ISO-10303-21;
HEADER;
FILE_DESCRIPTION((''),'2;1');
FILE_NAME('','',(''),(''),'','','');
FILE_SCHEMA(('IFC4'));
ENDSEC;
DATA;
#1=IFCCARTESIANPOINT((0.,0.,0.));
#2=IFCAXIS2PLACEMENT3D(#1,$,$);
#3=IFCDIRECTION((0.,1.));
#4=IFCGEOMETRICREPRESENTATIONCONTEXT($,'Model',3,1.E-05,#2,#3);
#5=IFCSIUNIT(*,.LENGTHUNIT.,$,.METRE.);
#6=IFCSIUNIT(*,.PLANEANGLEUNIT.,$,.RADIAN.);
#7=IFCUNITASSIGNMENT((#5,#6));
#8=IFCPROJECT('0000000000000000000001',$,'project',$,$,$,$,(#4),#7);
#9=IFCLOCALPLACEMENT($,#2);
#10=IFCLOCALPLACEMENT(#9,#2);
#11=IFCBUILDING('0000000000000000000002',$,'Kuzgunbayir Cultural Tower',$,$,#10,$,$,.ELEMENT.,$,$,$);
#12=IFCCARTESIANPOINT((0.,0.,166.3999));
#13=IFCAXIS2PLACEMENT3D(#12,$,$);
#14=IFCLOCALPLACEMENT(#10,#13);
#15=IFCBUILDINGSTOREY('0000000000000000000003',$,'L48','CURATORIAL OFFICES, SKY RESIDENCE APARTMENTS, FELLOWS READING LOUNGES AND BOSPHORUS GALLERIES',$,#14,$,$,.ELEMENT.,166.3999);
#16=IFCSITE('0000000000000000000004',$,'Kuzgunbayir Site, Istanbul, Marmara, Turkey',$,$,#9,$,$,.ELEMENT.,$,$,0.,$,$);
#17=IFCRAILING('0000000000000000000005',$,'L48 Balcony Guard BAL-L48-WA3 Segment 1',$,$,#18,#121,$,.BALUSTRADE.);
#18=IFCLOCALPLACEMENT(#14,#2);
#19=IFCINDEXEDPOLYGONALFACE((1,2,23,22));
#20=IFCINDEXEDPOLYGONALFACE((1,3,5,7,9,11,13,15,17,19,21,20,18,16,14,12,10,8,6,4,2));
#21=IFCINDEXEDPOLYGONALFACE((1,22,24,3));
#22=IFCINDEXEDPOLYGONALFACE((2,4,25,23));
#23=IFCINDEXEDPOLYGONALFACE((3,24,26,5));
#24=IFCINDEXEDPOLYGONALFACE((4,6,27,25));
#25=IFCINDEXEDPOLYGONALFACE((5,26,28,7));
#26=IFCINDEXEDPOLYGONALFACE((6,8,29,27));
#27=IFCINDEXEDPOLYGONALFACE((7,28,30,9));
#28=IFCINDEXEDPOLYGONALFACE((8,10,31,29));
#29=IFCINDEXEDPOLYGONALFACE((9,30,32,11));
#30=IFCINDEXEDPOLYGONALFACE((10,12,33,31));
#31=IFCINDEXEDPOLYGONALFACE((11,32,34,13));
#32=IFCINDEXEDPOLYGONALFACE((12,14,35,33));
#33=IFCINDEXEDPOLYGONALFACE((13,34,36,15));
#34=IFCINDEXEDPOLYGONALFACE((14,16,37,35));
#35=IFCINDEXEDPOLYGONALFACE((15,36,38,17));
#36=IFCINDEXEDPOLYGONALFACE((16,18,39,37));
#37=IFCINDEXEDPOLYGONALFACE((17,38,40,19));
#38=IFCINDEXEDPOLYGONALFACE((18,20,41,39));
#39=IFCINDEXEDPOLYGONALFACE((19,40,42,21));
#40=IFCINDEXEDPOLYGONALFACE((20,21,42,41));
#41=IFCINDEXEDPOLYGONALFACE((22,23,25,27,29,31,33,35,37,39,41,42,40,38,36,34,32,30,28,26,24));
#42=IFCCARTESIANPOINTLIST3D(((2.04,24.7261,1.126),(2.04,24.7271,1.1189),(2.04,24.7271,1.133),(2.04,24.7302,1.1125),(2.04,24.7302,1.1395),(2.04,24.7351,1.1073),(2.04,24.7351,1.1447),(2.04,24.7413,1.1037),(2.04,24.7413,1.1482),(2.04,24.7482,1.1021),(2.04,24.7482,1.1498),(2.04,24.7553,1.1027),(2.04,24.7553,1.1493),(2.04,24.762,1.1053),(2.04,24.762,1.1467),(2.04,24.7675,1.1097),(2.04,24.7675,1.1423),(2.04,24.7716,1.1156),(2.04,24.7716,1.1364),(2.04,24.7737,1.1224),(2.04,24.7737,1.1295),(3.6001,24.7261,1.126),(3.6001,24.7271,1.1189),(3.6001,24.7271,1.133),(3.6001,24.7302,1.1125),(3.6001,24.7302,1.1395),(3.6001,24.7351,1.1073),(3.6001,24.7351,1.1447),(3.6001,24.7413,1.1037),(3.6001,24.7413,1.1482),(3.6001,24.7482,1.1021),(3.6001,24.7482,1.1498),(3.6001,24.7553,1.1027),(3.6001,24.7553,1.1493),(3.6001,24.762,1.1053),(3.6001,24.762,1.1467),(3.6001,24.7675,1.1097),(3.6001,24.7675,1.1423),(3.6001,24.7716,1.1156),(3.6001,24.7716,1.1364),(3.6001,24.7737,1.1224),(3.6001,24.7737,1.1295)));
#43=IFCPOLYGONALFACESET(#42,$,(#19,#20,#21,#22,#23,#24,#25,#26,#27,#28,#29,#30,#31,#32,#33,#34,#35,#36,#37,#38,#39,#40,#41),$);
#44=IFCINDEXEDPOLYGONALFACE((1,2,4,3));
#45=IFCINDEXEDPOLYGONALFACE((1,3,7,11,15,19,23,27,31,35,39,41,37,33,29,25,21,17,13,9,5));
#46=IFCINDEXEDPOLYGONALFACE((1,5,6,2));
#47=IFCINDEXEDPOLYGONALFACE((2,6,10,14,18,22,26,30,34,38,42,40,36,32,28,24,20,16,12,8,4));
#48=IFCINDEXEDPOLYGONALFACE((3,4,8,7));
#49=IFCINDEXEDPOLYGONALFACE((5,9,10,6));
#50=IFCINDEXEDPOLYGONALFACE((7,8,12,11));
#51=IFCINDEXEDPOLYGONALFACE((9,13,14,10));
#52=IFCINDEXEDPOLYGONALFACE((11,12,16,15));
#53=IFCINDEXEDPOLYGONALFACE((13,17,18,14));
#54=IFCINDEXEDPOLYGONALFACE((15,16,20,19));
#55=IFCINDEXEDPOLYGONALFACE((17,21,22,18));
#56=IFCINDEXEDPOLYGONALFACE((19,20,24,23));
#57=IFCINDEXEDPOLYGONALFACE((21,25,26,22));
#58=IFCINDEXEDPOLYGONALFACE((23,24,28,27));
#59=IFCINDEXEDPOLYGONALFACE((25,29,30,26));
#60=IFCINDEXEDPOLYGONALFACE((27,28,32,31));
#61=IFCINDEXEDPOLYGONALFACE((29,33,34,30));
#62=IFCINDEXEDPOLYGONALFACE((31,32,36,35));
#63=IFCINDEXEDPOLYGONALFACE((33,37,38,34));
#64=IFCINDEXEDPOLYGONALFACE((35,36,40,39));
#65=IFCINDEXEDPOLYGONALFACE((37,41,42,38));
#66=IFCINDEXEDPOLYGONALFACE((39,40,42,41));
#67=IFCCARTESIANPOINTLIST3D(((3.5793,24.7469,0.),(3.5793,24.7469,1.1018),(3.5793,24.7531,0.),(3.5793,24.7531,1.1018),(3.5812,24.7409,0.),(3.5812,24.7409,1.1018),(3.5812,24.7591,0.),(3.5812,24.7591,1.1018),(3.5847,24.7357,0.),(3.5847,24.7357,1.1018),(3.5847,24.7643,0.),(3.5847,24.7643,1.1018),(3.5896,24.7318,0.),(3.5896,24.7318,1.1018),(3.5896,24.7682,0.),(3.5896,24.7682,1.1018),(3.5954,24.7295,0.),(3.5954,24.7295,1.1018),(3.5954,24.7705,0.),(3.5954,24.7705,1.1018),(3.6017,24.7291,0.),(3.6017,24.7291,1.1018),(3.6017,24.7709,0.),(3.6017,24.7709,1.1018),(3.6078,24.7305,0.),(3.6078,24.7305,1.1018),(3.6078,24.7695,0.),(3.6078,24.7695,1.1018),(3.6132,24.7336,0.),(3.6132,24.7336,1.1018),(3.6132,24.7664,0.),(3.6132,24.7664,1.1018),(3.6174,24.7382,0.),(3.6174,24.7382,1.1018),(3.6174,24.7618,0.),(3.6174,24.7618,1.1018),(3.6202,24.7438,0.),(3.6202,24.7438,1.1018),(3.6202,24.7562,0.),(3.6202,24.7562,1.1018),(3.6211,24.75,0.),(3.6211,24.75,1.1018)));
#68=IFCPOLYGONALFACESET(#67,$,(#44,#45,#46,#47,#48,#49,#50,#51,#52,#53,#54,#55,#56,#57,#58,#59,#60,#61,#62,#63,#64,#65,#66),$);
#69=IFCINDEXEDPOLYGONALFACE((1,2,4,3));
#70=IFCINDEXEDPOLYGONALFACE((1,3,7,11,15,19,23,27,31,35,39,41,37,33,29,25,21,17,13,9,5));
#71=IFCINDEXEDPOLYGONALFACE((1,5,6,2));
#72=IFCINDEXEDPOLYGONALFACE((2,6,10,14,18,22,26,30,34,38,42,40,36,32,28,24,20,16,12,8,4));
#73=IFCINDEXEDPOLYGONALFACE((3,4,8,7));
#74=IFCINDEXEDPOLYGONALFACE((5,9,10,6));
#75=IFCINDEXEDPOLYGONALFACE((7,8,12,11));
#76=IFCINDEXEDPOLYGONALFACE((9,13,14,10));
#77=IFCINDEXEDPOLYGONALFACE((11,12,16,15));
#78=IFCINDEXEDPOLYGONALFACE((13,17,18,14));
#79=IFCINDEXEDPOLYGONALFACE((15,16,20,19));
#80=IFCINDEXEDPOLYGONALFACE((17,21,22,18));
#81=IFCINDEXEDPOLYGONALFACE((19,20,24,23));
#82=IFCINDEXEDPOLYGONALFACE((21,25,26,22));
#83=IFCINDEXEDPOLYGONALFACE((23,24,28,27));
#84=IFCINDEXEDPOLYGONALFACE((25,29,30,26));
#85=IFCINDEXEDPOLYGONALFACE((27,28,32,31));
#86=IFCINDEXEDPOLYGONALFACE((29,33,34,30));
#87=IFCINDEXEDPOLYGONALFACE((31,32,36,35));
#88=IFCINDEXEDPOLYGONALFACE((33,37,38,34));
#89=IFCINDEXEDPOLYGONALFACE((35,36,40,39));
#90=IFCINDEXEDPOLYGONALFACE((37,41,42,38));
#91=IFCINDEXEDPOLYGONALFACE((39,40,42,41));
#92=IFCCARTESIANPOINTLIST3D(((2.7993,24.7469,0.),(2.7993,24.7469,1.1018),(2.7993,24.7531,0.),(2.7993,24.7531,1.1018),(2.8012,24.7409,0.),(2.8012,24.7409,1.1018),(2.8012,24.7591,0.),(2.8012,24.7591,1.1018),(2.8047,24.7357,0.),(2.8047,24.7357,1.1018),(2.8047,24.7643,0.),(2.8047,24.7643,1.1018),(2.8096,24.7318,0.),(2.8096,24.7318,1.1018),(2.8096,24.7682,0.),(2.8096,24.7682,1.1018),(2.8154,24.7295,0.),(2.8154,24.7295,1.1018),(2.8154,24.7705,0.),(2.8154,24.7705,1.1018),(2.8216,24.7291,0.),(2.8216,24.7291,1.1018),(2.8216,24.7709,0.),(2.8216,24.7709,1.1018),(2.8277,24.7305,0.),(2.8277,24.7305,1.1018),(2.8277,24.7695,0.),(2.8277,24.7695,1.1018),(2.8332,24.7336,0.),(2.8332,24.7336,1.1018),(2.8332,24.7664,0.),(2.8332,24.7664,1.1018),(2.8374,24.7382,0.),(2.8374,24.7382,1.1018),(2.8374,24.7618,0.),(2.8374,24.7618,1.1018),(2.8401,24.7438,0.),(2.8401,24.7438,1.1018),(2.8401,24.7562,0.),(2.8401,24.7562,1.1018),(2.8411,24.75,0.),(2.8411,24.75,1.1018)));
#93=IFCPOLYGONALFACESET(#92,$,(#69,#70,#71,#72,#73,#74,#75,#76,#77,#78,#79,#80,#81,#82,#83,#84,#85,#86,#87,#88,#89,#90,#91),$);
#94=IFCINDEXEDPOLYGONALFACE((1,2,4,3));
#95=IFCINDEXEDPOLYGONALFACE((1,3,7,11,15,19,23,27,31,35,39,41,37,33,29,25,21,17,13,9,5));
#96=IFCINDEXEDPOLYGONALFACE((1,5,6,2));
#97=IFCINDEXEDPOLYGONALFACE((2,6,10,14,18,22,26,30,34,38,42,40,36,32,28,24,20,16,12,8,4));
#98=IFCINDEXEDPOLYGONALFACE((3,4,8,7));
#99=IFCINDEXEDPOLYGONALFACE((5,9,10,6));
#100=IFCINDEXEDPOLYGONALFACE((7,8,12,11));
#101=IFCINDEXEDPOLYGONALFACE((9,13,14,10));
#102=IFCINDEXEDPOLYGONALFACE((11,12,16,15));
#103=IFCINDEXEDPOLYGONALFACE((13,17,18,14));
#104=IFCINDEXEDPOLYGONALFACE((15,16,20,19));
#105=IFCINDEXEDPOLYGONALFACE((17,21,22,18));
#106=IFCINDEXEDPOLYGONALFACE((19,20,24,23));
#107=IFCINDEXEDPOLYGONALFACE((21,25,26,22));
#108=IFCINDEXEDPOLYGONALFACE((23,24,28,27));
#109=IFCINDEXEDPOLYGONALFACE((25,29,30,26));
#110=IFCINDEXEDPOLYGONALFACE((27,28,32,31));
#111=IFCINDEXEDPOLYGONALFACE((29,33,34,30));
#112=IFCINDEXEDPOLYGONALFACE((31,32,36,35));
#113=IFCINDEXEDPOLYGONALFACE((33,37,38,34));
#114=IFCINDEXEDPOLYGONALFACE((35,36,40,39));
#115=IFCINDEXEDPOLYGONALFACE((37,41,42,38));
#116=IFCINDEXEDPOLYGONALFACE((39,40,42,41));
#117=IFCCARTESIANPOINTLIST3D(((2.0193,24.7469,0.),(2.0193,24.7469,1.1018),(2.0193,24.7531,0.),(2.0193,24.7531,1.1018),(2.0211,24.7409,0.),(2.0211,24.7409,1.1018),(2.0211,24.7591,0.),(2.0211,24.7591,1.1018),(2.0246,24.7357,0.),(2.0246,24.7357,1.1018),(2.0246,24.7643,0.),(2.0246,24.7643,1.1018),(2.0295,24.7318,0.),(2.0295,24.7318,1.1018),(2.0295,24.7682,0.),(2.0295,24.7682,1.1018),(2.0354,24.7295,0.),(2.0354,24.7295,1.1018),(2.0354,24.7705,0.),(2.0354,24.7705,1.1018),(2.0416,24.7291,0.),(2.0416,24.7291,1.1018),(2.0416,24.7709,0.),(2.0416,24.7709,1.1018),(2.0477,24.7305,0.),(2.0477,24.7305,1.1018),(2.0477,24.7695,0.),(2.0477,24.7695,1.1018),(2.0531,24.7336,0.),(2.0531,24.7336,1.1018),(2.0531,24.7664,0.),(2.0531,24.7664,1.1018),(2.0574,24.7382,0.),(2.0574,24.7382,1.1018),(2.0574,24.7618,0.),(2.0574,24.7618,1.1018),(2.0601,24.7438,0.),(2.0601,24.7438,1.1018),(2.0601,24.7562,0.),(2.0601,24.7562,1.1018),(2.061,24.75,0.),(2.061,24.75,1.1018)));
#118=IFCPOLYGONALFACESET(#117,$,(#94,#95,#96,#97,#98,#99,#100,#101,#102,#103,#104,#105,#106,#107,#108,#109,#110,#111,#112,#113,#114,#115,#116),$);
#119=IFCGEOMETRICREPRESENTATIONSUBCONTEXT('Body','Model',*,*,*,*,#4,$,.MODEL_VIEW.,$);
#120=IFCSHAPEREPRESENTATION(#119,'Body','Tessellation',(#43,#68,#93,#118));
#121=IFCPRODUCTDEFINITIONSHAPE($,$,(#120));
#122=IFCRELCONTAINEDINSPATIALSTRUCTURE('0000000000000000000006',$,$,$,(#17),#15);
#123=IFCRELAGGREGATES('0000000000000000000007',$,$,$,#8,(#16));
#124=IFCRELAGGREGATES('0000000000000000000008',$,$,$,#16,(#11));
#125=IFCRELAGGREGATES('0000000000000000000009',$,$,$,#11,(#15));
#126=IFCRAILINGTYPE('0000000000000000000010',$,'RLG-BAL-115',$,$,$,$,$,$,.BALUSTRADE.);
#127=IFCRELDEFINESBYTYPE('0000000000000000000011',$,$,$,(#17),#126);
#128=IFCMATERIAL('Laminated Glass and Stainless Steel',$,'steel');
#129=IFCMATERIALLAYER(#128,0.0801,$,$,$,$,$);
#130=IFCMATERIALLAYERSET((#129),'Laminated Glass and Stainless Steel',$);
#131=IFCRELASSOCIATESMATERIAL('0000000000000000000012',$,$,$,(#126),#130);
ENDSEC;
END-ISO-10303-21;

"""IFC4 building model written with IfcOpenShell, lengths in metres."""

from ifc_helpers import new_model, si_unit, direction, frame, origin, origin_2d, place, context, subcontext, project, spatial, circle, extrude, material, layer, layer_set, type_object, element, save


model = new_model("IFC4")

# Units and contexts
model_context = context("Model", 3, precision=1e-05, world=origin(), true_north=direction((0.0, 1.0)))
body_context = subcontext(model_context, "Body", "Model", "MODEL_VIEW")
ifc_project = project(units=[si_unit("LENGTHUNIT", "METRE"), si_unit("PLANEANGLEUNIT", "RADIAN")], contexts=[model_context])

# Site, building, storey
site_placement = place(None, origin())
site = spatial("IfcSite", under=ifc_project, at=site_placement, Name="Kuzgunbayir Site, Istanbul, Marmara, Turkey", CompositionType="ELEMENT", RefElevation=0.0)
building_placement = place(site_placement, origin())
building = spatial("IfcBuilding", under=site, at=building_placement, Name="Kuzgunbayir Cultural Tower", CompositionType="ELEMENT")
storey_placement = place(building_placement, frame((0.0, 0.0, 166.3999)))
storey = spatial("IfcBuildingStorey", under=building, at=storey_placement, Name="L48", Description="CURATORIAL OFFICES, SKY RESIDENCE APARTMENTS, FELLOWS READING LOUNGES AND BOSPHORUS GALLERIES", CompositionType="ELEMENT", Elevation=166.3999)

# Railing
ifc_material_1 = material(Name="Laminated Glass and Stainless Steel", Category="steel")
ifc_layer_1 = layer(ifc_material_1, 0.0801)
ifc_layer_set_1 = layer_set([ifc_layer_1], Name="Laminated Glass and Stainless Steel")
railing_type = type_object("IfcRailingType", Name="RLG-BAL-115", PredefinedType="BALUSTRADE", material=ifc_layer_set_1)
railing_1_placement = place(storey_placement, frame((3.6001, 24.75, 0.0)))
element("IfcRailing", 1, at=railing_1_placement, inside=storey, type_object=railing_type, Name="L48 Balcony Guard BAL-L48-WA3 Segment 1", PredefinedType="BALUSTRADE", context=body_context, shape_type="SweptSolid", body=[
    extrude(circle(Radius=0.0239, at=origin_2d()), frame((0.0, 0.0, 1.126), z_axis=(-1.0, 0.0, 0.0), x_axis=(0.0, -1.0, 0.0)), (0.0, 0.0, 1.0), 1.5601),
    extrude(circle(Radius=0.021, at=origin_2d()), origin(), (0.0, 0.0, 1.0), 1.1018),
    extrude(circle(Radius=0.021, at=origin_2d()), frame((-0.78, 0.0, 0.0)), (0.0, 0.0, 1.0), 1.1018),
    extrude(circle(Radius=0.021, at=origin_2d()), frame((-1.5601, 0.0, 0.0)), (0.0, 0.0, 1.0), 1.1018),
])

save(model, "model.ifc")
